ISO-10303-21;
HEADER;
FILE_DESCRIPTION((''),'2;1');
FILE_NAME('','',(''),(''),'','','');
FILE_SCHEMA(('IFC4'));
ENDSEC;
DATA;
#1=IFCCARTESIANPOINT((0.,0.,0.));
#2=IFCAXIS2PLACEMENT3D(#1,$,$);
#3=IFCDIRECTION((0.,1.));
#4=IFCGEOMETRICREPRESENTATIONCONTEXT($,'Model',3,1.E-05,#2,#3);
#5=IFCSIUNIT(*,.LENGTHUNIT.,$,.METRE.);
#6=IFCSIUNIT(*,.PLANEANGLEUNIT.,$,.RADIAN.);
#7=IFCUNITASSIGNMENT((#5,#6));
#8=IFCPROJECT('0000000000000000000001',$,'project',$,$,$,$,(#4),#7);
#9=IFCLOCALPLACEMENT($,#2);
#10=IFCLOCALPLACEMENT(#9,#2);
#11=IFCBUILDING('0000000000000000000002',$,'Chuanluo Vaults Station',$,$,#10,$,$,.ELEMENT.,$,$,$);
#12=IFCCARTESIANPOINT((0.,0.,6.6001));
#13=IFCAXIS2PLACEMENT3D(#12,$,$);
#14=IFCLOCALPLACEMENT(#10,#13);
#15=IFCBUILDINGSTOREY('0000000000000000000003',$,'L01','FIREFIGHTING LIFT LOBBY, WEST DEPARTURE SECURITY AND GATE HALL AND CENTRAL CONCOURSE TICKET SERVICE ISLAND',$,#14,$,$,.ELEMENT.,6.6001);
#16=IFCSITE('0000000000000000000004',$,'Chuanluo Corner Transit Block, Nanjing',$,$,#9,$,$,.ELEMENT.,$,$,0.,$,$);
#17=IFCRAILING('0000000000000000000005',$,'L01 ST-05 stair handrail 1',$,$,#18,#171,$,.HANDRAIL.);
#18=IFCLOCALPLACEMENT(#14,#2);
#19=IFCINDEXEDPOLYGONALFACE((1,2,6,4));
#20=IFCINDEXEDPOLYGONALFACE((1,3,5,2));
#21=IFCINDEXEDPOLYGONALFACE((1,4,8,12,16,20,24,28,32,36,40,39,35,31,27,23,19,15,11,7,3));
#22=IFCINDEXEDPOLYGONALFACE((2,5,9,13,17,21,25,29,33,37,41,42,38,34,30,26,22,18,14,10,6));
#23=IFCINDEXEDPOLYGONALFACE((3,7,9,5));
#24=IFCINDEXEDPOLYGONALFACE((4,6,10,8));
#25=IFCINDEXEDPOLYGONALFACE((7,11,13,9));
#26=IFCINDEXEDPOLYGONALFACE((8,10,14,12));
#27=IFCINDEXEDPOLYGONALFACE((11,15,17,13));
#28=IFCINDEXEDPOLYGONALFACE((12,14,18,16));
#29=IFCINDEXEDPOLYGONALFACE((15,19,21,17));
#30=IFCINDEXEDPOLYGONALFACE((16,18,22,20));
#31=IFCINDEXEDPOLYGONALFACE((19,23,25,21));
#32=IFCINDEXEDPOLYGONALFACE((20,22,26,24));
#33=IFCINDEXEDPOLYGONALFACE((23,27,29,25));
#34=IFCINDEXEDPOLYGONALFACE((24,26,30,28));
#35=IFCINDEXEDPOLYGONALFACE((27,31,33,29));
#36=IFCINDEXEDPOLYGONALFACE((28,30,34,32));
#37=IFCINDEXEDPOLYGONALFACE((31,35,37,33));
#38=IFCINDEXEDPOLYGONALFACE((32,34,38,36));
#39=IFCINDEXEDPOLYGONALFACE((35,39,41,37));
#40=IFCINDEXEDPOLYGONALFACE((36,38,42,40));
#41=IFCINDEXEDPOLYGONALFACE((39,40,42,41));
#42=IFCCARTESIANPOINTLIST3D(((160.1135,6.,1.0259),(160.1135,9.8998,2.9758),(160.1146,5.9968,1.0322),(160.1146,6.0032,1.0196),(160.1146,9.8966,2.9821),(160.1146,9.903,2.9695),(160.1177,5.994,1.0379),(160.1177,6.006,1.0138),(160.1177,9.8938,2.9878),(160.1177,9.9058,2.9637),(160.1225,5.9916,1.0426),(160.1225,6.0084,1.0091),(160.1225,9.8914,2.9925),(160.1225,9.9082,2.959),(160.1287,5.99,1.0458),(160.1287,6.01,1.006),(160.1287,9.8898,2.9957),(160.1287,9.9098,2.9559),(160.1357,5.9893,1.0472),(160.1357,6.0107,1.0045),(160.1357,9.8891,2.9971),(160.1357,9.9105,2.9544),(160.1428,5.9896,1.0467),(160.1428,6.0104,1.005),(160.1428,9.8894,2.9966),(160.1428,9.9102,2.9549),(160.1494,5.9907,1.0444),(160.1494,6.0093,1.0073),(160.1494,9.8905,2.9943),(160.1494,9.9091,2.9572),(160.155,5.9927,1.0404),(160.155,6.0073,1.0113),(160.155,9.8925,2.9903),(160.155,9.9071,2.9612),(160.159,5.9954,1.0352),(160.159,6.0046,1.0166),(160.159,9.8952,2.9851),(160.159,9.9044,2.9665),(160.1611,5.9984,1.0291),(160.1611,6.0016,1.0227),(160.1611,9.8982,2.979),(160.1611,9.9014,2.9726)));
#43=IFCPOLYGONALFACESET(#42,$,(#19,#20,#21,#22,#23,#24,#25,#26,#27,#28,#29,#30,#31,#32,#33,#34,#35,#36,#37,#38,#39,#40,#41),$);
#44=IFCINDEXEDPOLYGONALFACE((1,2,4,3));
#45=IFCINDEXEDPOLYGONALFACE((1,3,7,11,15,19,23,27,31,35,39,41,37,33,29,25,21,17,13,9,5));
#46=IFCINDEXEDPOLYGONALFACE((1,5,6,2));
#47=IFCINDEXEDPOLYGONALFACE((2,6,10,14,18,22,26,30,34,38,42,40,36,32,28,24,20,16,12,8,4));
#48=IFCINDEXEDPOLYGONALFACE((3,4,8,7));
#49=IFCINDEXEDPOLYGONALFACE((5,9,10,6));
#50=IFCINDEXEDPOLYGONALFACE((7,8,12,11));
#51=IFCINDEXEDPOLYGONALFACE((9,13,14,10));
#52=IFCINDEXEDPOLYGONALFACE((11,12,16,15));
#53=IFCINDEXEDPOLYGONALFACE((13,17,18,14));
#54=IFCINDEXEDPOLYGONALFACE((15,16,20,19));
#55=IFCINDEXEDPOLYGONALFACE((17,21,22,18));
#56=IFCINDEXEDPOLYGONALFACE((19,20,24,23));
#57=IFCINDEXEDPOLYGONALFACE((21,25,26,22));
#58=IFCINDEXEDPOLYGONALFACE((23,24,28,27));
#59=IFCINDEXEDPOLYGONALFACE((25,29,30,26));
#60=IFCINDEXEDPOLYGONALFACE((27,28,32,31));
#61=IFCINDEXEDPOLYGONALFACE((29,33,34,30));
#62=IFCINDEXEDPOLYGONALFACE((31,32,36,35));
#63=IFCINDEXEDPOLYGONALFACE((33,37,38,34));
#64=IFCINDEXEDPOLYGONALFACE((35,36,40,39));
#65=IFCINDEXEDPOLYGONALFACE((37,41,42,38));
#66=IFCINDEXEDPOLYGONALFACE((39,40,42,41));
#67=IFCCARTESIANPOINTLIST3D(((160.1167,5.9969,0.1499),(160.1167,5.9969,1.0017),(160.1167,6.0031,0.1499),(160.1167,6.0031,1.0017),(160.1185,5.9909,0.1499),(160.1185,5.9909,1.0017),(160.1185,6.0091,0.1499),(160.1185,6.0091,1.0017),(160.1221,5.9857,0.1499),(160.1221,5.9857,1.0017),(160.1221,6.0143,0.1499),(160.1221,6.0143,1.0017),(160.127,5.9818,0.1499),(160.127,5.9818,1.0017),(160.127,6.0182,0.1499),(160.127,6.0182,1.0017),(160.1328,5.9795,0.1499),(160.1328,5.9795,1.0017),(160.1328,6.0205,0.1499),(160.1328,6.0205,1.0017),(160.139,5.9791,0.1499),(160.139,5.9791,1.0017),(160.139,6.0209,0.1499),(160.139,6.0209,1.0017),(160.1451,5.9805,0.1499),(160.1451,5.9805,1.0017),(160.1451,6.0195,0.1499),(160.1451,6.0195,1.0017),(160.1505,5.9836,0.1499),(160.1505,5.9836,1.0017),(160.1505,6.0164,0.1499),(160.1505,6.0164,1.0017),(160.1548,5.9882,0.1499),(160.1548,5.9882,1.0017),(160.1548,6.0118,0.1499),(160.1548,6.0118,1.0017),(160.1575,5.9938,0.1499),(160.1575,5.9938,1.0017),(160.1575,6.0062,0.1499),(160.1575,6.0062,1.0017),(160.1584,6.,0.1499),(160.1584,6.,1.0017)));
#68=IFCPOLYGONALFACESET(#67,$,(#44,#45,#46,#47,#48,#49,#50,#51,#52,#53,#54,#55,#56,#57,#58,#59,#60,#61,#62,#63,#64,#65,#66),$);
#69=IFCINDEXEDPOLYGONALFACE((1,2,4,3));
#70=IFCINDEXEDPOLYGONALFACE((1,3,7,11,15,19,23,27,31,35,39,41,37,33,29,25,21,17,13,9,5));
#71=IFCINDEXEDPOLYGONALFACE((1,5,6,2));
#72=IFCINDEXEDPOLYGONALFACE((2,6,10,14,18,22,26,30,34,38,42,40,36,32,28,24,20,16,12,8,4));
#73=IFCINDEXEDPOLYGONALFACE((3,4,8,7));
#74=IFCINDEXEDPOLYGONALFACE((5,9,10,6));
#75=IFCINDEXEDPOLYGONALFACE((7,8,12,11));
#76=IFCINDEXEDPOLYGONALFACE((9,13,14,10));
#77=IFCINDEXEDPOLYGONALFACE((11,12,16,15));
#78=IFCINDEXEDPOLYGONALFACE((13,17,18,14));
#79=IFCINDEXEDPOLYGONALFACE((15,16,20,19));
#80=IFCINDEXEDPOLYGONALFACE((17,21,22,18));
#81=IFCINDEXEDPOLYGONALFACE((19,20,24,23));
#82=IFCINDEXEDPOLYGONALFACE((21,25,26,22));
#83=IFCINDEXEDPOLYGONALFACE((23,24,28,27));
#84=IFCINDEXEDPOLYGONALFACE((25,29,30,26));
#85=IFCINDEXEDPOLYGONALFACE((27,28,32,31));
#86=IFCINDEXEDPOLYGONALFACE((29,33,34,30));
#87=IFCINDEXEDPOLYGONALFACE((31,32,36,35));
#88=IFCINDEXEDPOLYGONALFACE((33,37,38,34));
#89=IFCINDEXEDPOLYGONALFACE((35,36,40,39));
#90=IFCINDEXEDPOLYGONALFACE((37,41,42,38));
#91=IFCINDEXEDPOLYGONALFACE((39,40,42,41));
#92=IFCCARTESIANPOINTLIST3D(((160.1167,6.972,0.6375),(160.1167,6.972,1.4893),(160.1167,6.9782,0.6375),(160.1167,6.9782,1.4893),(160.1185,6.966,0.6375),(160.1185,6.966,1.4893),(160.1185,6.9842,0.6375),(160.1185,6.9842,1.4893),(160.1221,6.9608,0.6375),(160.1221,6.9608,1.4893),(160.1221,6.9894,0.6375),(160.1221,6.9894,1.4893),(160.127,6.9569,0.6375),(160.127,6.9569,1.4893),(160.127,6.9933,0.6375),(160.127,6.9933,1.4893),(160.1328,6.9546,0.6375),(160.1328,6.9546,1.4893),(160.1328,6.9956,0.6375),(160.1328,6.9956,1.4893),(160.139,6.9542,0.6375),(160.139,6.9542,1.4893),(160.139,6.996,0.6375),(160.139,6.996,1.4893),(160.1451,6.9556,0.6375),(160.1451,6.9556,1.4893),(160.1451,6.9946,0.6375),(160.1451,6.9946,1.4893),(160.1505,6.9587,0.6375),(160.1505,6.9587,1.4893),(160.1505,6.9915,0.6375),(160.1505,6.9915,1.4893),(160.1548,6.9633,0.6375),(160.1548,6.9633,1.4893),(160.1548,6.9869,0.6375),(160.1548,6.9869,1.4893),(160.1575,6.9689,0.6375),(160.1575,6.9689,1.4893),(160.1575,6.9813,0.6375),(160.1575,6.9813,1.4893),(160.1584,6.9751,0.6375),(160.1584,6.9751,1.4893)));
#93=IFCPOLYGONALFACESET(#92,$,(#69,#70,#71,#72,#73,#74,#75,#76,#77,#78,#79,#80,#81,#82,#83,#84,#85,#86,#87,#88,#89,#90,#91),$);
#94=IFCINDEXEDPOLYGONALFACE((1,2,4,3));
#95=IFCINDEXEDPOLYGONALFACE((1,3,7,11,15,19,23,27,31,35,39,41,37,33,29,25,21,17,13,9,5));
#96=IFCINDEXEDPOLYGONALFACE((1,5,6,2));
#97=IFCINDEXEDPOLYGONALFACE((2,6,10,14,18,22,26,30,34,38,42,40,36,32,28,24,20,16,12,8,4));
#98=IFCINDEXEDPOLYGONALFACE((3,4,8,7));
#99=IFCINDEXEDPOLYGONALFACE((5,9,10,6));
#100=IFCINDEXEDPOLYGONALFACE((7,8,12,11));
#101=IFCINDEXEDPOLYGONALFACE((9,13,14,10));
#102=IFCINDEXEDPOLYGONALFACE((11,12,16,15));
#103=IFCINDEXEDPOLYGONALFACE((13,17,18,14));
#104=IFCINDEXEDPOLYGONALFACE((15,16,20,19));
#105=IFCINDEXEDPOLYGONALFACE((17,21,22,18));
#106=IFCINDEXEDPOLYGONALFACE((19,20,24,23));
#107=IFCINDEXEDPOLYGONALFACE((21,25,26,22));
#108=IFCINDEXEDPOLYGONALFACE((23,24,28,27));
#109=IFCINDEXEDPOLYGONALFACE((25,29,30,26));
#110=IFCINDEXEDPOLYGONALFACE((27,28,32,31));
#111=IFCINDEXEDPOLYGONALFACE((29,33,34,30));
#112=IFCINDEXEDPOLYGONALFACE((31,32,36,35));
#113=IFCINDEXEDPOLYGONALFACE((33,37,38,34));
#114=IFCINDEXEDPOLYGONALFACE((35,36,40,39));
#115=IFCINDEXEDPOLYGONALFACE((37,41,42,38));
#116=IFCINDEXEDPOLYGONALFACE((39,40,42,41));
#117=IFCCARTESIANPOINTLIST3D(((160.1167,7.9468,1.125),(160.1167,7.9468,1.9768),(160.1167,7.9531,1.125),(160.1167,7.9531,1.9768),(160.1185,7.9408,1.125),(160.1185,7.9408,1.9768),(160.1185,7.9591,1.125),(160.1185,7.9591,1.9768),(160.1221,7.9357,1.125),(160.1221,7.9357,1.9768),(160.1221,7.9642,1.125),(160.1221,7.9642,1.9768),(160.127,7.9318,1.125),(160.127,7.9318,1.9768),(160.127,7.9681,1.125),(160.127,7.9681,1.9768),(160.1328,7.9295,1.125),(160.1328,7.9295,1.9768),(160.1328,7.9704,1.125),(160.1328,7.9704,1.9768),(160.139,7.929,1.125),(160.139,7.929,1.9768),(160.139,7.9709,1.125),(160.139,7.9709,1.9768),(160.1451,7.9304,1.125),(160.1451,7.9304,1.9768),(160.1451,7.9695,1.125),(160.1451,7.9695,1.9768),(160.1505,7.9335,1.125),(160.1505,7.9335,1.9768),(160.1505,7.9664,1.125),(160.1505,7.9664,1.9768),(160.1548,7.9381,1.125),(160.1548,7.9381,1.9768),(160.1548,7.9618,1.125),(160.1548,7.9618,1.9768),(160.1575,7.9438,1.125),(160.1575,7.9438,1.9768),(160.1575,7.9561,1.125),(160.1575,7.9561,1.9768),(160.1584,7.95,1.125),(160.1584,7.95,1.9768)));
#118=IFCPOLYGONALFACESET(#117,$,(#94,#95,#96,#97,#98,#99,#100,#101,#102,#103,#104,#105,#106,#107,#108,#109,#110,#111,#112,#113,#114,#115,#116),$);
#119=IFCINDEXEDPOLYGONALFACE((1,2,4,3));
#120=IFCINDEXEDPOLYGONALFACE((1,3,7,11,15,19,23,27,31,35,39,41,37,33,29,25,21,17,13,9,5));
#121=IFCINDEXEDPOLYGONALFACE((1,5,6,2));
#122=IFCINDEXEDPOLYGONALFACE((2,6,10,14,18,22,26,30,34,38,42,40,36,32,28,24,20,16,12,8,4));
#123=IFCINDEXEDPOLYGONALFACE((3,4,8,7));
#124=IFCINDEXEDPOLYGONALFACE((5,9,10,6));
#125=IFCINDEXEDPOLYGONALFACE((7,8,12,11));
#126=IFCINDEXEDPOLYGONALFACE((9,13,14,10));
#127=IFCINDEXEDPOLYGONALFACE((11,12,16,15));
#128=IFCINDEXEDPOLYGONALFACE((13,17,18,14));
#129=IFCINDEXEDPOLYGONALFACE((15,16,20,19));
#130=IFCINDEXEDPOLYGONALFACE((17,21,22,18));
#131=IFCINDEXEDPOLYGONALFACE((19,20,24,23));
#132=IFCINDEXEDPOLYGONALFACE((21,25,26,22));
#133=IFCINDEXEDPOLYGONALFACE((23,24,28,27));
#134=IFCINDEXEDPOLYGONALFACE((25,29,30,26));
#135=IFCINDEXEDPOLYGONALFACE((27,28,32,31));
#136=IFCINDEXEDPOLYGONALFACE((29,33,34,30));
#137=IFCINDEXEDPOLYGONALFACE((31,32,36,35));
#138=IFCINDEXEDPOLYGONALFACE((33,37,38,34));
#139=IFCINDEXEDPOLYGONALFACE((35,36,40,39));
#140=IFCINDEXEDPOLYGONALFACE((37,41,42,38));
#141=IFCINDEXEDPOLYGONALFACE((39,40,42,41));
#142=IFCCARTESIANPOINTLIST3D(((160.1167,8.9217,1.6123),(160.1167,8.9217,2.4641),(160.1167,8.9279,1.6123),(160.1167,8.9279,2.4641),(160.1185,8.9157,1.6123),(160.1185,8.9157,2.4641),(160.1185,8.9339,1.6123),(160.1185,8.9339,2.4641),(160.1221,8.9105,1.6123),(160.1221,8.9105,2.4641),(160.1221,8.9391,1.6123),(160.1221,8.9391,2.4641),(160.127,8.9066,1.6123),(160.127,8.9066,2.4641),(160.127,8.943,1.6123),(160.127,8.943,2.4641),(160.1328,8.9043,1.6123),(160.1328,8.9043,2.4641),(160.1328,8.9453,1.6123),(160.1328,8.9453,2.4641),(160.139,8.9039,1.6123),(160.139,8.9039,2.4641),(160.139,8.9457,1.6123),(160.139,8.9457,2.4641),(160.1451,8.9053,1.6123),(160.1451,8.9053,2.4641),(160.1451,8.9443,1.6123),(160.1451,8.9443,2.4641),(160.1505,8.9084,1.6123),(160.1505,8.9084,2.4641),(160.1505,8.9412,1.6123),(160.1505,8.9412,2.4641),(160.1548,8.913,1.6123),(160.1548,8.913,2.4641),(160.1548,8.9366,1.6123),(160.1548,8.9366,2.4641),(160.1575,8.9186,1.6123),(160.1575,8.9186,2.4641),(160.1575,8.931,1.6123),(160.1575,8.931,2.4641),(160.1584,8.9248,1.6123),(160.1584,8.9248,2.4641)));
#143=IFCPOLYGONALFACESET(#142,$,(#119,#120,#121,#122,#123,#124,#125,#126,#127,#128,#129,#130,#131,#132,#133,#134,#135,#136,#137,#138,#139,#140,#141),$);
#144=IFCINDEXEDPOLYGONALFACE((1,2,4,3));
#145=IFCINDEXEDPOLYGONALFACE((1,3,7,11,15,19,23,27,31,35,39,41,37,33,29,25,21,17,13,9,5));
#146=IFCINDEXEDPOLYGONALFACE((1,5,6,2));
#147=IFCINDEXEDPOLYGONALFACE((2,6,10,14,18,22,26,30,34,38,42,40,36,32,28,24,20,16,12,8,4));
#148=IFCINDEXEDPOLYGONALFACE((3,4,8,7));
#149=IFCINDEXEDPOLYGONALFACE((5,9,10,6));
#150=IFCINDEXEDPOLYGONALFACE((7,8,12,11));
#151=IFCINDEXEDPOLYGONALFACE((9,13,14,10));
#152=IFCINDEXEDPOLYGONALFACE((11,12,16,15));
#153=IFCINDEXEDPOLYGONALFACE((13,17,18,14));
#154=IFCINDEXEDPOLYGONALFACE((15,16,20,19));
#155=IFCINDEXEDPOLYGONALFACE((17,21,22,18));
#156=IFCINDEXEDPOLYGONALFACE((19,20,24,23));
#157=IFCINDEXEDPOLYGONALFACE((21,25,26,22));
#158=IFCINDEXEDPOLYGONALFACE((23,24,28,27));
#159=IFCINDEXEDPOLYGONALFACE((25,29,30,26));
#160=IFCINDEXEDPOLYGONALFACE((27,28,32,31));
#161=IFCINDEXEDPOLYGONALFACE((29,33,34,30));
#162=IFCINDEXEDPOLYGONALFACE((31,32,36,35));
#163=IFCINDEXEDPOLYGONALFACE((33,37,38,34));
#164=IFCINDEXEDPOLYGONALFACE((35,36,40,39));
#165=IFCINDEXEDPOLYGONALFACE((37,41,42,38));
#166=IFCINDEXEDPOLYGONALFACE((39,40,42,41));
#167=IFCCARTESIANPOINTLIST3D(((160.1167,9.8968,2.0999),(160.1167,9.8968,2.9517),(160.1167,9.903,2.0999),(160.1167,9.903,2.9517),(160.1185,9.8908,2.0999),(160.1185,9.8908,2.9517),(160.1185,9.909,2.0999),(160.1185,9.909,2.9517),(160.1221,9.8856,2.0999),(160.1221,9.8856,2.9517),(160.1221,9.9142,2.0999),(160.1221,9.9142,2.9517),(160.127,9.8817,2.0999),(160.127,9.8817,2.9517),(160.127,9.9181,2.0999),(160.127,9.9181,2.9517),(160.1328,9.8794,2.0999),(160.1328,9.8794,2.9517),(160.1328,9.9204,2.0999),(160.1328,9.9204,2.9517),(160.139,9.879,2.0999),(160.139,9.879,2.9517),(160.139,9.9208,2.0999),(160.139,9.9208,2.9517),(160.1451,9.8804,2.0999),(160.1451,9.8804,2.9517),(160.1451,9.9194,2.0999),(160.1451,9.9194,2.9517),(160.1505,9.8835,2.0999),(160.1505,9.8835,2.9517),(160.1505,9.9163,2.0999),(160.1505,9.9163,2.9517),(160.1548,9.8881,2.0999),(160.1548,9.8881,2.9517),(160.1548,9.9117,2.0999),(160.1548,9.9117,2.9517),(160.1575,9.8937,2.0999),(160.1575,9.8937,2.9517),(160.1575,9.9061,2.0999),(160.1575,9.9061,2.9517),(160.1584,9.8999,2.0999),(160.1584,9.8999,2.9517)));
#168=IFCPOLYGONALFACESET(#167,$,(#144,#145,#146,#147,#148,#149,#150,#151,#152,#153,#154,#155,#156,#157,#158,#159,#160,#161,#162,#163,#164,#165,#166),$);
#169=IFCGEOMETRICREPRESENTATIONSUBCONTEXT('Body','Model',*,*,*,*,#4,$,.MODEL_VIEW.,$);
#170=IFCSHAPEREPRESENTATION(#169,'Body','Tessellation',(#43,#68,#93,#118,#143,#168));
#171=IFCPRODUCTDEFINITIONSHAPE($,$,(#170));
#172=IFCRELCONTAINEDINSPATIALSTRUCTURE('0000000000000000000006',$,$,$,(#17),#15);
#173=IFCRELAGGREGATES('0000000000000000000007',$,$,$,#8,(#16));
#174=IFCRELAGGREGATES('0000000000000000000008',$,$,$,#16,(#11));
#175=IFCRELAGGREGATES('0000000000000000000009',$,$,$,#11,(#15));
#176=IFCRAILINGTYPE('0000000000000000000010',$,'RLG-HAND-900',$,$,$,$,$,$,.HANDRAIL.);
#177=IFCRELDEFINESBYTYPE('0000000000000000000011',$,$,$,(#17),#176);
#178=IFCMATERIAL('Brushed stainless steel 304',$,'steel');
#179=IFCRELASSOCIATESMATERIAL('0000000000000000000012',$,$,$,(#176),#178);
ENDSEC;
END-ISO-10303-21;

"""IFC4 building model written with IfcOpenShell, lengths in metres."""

from ifc_helpers import new_model, si_unit, direction, frame, origin, origin_2d, place, context, subcontext, project, spatial, circle, extrude, material, type_object, element, save


model = new_model("IFC4")

# Units and contexts
model_context = context("Model", 3, precision=1e-05, world=origin(), true_north=direction((0.0, 1.0)))
body_context = subcontext(model_context, "Body", "Model", "MODEL_VIEW")
ifc_project = project(units=[si_unit("LENGTHUNIT", "METRE"), si_unit("PLANEANGLEUNIT", "RADIAN")], contexts=[model_context])

# Site, building, storey
site_placement = place(None, origin())
site = spatial("IfcSite", under=ifc_project, at=site_placement, Name="Chuanluo Corner Transit Block, Nanjing", CompositionType="ELEMENT", RefElevation=0.0)
building_placement = place(site_placement, origin())
building = spatial("IfcBuilding", under=site, at=building_placement, Name="Chuanluo Vaults Station", CompositionType="ELEMENT")
storey_placement = place(building_placement, frame((0.0, 0.0, 6.6001)))
storey = spatial("IfcBuildingStorey", under=building, at=storey_placement, Name="L01", Description="FIREFIGHTING LIFT LOBBY, WEST DEPARTURE SECURITY AND GATE HALL AND CENTRAL CONCOURSE TICKET SERVICE ISLAND", CompositionType="ELEMENT", Elevation=6.6001)

# Railing
ifc_material_1 = material(Name="Brushed stainless steel 304", Category="steel")
railing_type_1 = type_object("IfcRailingType", Name="RLG-HAND-900", PredefinedType="HANDRAIL", material=ifc_material_1)
railing_1_placement = place(storey_placement, frame((160.1375, 6.0, 0.1499)))
element("IfcRailing", 1, at=railing_1_placement, inside=storey, type_object=railing_type_1, Name="L01 ST-05 stair handrail 1", PredefinedType="HANDRAIL", context=body_context, shape_type="SweptSolid", body=[
    extrude(circle(Radius=0.0239, at=origin_2d()), frame((0.0, 0.0, 0.876), z_axis=(0.0, 0.894427, 0.447214), x_axis=(-1.0, 0.0, 0.0)), (0.0, 0.0, 1.0), 4.3601),
    extrude(circle(Radius=0.021, at=origin_2d()), origin(), (0.0, 0.0, 1.0), 0.8518),
    extrude(circle(Radius=0.021, at=origin_2d()), frame((0.0, 0.9751, 0.4875)), (0.0, 0.0, 1.0), 0.8518),
    extrude(circle(Radius=0.021, at=origin_2d()), frame((0.0, 1.95, 0.9751)), (0.0, 0.0, 1.0), 0.8518),
    extrude(circle(Radius=0.021, at=origin_2d()), frame((0.0, 2.9248, 1.4624)), (0.0, 0.0, 1.0), 0.8518),
    extrude(circle(Radius=0.021, at=origin_2d()), frame((0.0, 3.8999, 1.95)), (0.0, 0.0, 1.0), 0.8518),
])

save(model, "model.ifc")
